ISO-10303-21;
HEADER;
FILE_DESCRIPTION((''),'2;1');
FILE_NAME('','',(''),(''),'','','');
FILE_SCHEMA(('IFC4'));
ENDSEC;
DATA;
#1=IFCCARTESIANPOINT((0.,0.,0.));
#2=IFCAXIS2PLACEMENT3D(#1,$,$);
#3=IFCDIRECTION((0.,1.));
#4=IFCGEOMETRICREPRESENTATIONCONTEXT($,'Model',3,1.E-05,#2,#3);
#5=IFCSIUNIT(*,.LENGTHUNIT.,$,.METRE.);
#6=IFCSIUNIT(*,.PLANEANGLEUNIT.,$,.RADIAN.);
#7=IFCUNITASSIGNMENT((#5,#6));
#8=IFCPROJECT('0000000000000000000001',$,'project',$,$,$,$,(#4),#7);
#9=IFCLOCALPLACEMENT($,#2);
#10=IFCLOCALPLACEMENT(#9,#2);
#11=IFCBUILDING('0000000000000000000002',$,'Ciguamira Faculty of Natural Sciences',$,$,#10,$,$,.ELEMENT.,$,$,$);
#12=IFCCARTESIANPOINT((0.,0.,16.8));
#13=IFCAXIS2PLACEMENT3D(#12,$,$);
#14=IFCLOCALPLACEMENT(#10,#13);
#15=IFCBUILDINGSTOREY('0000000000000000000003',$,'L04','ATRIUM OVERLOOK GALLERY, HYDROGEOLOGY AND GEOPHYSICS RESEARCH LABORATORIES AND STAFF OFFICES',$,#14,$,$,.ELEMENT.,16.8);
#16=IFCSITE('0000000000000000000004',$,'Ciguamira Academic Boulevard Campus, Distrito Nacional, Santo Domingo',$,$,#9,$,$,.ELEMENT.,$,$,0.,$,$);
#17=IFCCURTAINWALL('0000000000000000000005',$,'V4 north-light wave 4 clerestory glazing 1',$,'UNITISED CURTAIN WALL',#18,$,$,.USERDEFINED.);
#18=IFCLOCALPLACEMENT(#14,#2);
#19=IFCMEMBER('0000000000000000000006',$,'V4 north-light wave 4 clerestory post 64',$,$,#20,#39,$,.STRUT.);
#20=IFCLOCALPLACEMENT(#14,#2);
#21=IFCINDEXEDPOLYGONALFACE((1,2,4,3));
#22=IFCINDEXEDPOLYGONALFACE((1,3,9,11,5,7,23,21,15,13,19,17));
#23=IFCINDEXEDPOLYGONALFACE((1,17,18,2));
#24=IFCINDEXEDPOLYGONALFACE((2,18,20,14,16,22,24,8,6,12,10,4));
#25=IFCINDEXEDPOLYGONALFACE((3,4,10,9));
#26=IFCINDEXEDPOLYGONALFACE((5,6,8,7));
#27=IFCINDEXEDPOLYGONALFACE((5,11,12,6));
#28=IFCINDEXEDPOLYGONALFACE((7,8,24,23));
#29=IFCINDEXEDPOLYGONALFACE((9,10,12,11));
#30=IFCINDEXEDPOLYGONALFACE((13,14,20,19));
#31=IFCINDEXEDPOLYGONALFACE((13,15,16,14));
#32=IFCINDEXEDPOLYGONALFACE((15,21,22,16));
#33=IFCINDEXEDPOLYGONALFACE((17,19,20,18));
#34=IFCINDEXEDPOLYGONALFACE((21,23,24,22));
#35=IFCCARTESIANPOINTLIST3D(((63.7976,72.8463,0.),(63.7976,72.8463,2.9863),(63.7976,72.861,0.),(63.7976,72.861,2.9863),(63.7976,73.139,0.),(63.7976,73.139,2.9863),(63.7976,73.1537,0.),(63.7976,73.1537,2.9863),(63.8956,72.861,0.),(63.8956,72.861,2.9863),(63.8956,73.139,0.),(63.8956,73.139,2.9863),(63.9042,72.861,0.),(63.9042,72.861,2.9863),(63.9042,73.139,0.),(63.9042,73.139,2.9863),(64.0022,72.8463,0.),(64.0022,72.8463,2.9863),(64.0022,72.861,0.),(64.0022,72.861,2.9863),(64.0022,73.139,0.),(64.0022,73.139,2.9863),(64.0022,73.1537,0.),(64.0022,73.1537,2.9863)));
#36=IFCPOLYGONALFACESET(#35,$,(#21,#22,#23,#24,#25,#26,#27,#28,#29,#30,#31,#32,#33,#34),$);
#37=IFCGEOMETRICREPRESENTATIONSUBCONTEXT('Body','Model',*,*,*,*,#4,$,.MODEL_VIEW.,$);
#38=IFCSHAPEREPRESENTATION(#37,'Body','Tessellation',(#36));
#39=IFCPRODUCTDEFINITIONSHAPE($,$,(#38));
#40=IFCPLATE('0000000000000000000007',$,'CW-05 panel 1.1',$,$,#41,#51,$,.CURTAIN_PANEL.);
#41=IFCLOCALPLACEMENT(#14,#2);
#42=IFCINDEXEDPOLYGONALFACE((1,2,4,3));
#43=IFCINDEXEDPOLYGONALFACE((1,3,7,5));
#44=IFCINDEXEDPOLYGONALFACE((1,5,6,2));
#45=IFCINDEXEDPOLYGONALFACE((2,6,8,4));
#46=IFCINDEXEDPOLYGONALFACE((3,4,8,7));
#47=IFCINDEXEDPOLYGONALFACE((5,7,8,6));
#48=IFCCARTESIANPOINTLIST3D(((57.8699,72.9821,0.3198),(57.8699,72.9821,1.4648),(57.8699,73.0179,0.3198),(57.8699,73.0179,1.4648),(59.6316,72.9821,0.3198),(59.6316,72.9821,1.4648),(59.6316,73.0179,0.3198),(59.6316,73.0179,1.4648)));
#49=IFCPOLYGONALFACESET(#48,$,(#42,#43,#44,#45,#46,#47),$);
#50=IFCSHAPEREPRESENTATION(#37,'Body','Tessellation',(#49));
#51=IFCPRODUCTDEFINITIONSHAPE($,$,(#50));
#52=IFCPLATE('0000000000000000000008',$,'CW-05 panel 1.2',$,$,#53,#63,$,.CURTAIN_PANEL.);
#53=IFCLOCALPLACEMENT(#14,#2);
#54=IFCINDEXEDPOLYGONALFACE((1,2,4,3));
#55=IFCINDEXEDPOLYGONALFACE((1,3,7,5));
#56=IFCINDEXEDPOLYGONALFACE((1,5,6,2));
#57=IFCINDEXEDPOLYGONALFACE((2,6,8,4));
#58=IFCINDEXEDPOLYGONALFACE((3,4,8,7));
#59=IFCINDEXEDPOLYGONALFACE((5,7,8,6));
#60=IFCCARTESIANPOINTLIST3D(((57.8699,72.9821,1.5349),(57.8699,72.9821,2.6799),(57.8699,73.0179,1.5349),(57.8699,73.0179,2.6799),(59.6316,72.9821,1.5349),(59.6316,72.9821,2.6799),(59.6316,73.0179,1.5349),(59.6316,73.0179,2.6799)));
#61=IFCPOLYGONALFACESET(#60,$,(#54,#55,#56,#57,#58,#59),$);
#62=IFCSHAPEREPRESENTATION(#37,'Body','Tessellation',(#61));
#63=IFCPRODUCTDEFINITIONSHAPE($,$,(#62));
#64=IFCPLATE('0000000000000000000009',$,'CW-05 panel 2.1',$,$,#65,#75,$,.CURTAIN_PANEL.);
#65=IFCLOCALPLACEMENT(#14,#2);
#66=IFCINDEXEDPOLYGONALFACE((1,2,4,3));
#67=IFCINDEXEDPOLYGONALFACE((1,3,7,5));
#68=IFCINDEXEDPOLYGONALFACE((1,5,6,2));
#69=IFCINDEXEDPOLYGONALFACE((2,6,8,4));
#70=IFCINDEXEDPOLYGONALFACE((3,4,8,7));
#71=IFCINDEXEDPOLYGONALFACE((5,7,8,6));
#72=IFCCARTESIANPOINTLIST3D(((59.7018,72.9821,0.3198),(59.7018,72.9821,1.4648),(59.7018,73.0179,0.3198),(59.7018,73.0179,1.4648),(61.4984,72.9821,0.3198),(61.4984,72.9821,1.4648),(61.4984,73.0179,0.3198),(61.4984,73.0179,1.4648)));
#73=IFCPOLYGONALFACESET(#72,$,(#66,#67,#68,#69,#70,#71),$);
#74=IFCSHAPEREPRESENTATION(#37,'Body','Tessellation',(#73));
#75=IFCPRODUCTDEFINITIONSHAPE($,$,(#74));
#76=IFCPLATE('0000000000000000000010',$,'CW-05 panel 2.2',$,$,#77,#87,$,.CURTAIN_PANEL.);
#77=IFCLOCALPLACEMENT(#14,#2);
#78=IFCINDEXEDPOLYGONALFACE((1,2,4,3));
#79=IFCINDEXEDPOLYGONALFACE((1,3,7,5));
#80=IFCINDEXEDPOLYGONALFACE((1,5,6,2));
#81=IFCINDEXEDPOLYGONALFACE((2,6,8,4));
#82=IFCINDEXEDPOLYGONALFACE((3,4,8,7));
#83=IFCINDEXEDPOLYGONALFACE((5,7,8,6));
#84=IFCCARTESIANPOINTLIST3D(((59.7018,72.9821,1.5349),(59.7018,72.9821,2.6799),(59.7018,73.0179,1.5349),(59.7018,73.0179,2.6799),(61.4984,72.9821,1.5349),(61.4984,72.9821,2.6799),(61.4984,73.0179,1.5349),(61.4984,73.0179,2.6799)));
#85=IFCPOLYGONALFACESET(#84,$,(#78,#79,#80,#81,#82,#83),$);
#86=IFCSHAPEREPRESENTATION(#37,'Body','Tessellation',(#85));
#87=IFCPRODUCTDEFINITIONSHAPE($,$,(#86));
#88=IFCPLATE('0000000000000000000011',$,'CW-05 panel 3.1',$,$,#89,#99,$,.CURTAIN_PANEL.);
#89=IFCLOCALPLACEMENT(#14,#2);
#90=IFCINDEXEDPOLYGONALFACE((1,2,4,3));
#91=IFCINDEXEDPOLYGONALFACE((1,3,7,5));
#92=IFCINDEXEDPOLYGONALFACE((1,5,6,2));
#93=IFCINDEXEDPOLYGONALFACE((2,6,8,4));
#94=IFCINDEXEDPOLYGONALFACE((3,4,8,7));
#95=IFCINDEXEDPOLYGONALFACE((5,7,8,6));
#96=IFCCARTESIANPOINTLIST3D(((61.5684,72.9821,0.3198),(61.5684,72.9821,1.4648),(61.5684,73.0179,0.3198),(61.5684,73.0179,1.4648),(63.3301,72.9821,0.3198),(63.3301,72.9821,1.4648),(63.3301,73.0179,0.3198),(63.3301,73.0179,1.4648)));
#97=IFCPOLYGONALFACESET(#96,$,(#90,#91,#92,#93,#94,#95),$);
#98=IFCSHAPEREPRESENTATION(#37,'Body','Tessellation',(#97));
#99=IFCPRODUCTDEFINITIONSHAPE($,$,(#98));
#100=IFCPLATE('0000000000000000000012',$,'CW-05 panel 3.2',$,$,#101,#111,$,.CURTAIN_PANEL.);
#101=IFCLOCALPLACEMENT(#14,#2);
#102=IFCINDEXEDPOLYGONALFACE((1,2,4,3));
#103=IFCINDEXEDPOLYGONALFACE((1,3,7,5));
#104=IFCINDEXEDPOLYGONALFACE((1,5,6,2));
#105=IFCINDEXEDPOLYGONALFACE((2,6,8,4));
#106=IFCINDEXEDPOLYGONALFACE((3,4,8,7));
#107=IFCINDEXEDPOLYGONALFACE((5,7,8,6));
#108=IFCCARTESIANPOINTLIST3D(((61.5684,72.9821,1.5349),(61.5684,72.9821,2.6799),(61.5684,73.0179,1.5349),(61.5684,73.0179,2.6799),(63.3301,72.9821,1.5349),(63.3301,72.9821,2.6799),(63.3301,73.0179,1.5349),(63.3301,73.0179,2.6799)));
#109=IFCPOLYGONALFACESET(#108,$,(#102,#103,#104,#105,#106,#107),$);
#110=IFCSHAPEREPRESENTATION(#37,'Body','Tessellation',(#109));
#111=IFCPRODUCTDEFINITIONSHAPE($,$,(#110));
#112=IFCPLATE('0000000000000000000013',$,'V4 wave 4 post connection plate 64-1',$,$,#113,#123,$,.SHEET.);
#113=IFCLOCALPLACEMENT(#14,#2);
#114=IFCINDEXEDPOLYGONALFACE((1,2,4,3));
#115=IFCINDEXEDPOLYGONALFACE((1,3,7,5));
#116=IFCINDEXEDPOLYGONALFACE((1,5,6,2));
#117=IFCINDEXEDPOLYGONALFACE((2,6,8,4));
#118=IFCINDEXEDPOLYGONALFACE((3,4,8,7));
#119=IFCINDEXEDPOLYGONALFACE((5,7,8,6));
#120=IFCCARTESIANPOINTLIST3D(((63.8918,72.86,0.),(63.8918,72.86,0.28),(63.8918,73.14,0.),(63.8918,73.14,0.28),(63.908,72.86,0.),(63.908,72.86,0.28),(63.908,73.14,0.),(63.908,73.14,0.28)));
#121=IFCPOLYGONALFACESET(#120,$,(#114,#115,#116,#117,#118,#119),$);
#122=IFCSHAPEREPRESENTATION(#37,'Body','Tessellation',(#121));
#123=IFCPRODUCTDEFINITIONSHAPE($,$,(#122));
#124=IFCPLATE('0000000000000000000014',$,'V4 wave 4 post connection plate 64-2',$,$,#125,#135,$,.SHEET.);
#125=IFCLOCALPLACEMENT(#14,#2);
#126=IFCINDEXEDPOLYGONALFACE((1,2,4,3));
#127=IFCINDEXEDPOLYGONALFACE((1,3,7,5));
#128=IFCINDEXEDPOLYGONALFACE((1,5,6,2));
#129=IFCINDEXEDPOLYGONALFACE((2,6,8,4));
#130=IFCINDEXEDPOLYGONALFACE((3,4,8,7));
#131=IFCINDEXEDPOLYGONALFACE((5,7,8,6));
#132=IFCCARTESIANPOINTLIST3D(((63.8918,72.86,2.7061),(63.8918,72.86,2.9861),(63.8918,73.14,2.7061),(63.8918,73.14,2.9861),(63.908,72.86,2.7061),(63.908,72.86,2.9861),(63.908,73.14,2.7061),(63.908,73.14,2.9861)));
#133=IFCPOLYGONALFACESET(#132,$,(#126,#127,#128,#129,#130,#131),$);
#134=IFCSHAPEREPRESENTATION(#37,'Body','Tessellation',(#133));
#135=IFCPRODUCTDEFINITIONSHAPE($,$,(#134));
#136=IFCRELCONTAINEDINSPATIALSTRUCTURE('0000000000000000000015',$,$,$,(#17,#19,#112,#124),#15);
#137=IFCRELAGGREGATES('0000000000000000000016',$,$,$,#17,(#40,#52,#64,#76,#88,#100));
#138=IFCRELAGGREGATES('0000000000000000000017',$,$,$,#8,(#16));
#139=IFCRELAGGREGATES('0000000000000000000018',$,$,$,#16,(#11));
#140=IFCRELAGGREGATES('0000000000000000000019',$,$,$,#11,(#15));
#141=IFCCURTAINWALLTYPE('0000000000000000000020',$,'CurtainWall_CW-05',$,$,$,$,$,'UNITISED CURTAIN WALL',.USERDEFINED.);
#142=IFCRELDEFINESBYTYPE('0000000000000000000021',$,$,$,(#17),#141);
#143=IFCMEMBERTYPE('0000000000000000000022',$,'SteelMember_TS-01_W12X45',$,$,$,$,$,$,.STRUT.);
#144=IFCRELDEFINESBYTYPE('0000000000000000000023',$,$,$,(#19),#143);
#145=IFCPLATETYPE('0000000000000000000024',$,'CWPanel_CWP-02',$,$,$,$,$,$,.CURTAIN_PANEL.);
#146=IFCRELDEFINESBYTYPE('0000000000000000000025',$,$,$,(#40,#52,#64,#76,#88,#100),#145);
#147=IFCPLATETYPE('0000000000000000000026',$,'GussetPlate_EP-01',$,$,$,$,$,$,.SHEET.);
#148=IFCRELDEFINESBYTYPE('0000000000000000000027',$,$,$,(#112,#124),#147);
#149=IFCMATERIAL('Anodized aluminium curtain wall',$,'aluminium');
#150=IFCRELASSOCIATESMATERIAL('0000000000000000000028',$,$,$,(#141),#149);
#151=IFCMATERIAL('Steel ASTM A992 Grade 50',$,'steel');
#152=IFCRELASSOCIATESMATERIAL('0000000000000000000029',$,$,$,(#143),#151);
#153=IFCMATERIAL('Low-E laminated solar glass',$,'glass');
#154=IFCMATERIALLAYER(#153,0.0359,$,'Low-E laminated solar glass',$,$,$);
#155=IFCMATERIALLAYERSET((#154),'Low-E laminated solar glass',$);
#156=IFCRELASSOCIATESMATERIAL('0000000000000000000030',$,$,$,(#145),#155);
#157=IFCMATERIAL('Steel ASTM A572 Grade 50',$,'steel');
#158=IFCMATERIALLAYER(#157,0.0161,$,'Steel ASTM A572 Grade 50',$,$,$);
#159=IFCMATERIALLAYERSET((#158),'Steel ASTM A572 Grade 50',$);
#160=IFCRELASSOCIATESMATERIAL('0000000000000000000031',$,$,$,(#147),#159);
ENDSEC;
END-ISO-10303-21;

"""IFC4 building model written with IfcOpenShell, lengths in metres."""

from ifc_helpers import new_model, si_unit, direction, frame, origin, origin_2d, place, context, subcontext, project, spatial, rectangle, i_section, extrude, material, layer, layer_set, material_profile, profile_set, type_object, element, aggregate, save


model = new_model("IFC4")

# Units and contexts
model_context = context("Model", 3, precision=1e-05, world=origin(), true_north=direction((0.0, 1.0)))
body_context = subcontext(model_context, "Body", "Model", "MODEL_VIEW")
ifc_project = project(units=[si_unit("LENGTHUNIT", "METRE"), si_unit("PLANEANGLEUNIT", "RADIAN")], contexts=[model_context])

# Site, building, storey
site_placement = place(None, origin())
site = spatial("IfcSite", under=ifc_project, at=site_placement, Name="Ciguamira Academic Boulevard Campus, Distrito Nacional, Santo Domingo", CompositionType="ELEMENT", RefElevation=0.0)
building_placement = place(site_placement, origin())
building = spatial("IfcBuilding", under=site, at=building_placement, Name="Ciguamira Faculty of Natural Sciences", CompositionType="ELEMENT")
storey_placement = place(building_placement, frame((0.0, 0.0, 16.8)))
storey = spatial("IfcBuildingStorey", under=building, at=storey_placement, Name="L04", Description="ATRIUM OVERLOOK GALLERY, HYDROGEOLOGY AND GEOPHYSICS RESEARCH LABORATORIES AND STAFF OFFICES", CompositionType="ELEMENT", Elevation=16.8)

# Curtain wall
ifc_material_1 = material(Name="Anodized aluminium curtain wall", Category="aluminium")
curtain_wall_type = type_object("IfcCurtainWallType", Name="CurtainWall_CW-05", ElementType="UNITISED CURTAIN WALL", PredefinedType="USERDEFINED", material=ifc_material_1)
curtain_wall_placement = place(storey_placement, origin())
curtain_wall = element("IfcCurtainWall", 1, at=curtain_wall_placement, inside=storey, type_object=curtain_wall_type, Name="V4 north-light wave 4 clerestory glazing 1", ObjectType="UNITISED CURTAIN WALL", PredefinedType="USERDEFINED")

# Member
ifc_material_2 = material(Name="Steel ASTM A992 Grade 50", Category="steel")
ifc_material_profile_1 = material_profile(ifc_material_2, i_section(OverallWidth=0.2046, OverallDepth=0.3074, WebThickness=0.0085, FlangeThickness=0.0146, at=origin_2d()), Name="W12X45")
ifc_profile_set_1 = profile_set([ifc_material_profile_1], Name="Steel ASTM A992 Grade 50")
member_type_1 = type_object("IfcMemberType", Name="SteelMember_TS-01_W12X45", PredefinedType="STRUT", material=ifc_profile_set_1)
member_1_placement = place(storey_placement, frame((63.8999, 73.0, 0.0), z_axis=(0.0, 0.0, 1.0), x_axis=(1.0, 0.0, 0.0)))
element("IfcMember", 2, at=member_1_placement, inside=storey, type_object=member_type_1, Name="V4 north-light wave 4 clerestory post 64", PredefinedType="STRUT", context=body_context, shape_type="SweptSolid", body=[
    extrude(i_section(OverallWidth=0.2046, OverallDepth=0.3074, WebThickness=0.0085, FlangeThickness=0.0146, at=origin_2d()), origin(), (0.0, 0.0, 1.0), 2.9863),
])

# Plates
ifc_material_3 = material(Name="Low-E laminated solar glass", Category="glass")
ifc_layer_1 = layer(ifc_material_3, 0.0359, Name="Low-E laminated solar glass")
ifc_layer_set_1 = layer_set([ifc_layer_1], Name="Low-E laminated solar glass")
plate_type_1 = type_object("IfcPlateType", Name="CWPanel_CWP-02", PredefinedType="CURTAIN_PANEL", material=ifc_layer_set_1)
plate_1_placement = place(storey_placement, frame((58.7507, 73.0, 0.3198), z_axis=(0.0, 0.0, 1.0), x_axis=(1.0, 0.0, 0.0)))
plate_1 = element("IfcPlate", 3, at=plate_1_placement, type_object=plate_type_1, Name="CW-05 panel 1.1", PredefinedType="CURTAIN_PANEL", context=body_context, shape_type="SweptSolid", body=[
    extrude(rectangle(XDim=1.7617, YDim=0.0359, at=origin_2d()), origin(), (0.0, 0.0, 1.0), 1.145),
])
plate_2_placement = place(storey_placement, frame((58.7507, 73.0, 1.5349), z_axis=(0.0, 0.0, 1.0), x_axis=(1.0, 0.0, 0.0)))
plate_2 = element("IfcPlate", 4, at=plate_2_placement, type_object=plate_type_1, Name="CW-05 panel 1.2", PredefinedType="CURTAIN_PANEL", context=body_context, shape_type="SweptSolid", body=[
    extrude(rectangle(XDim=1.7617, YDim=0.0359, at=origin_2d()), origin(), (0.0, 0.0, 1.0), 1.145),
])
plate_3_placement = place(storey_placement, frame((60.6001, 73.0, 0.3198), z_axis=(0.0, 0.0, 1.0), x_axis=(1.0, 0.0, 0.0)))
plate_3 = element("IfcPlate", 5, at=plate_3_placement, type_object=plate_type_1, Name="CW-05 panel 2.1", PredefinedType="CURTAIN_PANEL", context=body_context, shape_type="SweptSolid", body=[
    extrude(rectangle(XDim=1.7966, YDim=0.0359, at=origin_2d()), origin(), (0.0, 0.0, 1.0), 1.145),
])
plate_4_placement = place(storey_placement, frame((60.6001, 73.0, 1.5349), z_axis=(0.0, 0.0, 1.0), x_axis=(1.0, 0.0, 0.0)))
plate_4 = element("IfcPlate", 6, at=plate_4_placement, type_object=plate_type_1, Name="CW-05 panel 2.2", PredefinedType="CURTAIN_PANEL", context=body_context, shape_type="SweptSolid", body=[
    extrude(rectangle(XDim=1.7966, YDim=0.0359, at=origin_2d()), origin(), (0.0, 0.0, 1.0), 1.145),
])
plate_5_placement = place(storey_placement, frame((62.4492, 73.0, 0.3198), z_axis=(0.0, 0.0, 1.0), x_axis=(1.0, 0.0, 0.0)))
plate_5 = element("IfcPlate", 7, at=plate_5_placement, type_object=plate_type_1, Name="CW-05 panel 3.1", PredefinedType="CURTAIN_PANEL", context=body_context, shape_type="SweptSolid", body=[
    extrude(rectangle(XDim=1.7617, YDim=0.0359, at=origin_2d()), origin(), (0.0, 0.0, 1.0), 1.145),
])
plate_6_placement = place(storey_placement, frame((62.4492, 73.0, 1.5349), z_axis=(0.0, 0.0, 1.0), x_axis=(1.0, 0.0, 0.0)))
plate_6 = element("IfcPlate", 8, at=plate_6_placement, type_object=plate_type_1, Name="CW-05 panel 3.2", PredefinedType="CURTAIN_PANEL", context=body_context, shape_type="SweptSolid", body=[
    extrude(rectangle(XDim=1.7617, YDim=0.0359, at=origin_2d()), origin(), (0.0, 0.0, 1.0), 1.145),
])
aggregate(curtain_wall, [plate_1, plate_2, plate_3, plate_4, plate_5, plate_6])

# Plates
ifc_material_4 = material(Name="Steel ASTM A572 Grade 50", Category="steel")
ifc_layer_2 = layer(ifc_material_4, 0.0161, Name="Steel ASTM A572 Grade 50")
ifc_layer_set_2 = layer_set([ifc_layer_2], Name="Steel ASTM A572 Grade 50")
plate_type_2 = type_object("IfcPlateType", Name="GussetPlate_EP-01", PredefinedType="SHEET", material=ifc_layer_set_2)
for number, where, z_axis, x_axis, name in (
    (9, (63.8999, 73.0, 0.0), (0.0, 0.0, 1.0), (1.0, 0.0, 0.0), "V4 wave 4 post connection plate 64-1"),
    (10, (63.8999, 73.0, 2.7061), (0.0, 0.0, 1.0), (1.0, 0.0, 0.0), "V4 wave 4 post connection plate 64-2"),
):
    element("IfcPlate", number, at=place(storey_placement, frame(where, z_axis=z_axis, x_axis=x_axis)), inside=storey, type_object=plate_type_2, Name=name, PredefinedType="SHEET", context=body_context, shape_type="SweptSolid", body=[
        extrude(rectangle(XDim=0.0161, YDim=0.28, at=origin_2d()), origin(), (0.0, 0.0, 1.0), 0.28),
    ])

save(model, "model.ifc")
